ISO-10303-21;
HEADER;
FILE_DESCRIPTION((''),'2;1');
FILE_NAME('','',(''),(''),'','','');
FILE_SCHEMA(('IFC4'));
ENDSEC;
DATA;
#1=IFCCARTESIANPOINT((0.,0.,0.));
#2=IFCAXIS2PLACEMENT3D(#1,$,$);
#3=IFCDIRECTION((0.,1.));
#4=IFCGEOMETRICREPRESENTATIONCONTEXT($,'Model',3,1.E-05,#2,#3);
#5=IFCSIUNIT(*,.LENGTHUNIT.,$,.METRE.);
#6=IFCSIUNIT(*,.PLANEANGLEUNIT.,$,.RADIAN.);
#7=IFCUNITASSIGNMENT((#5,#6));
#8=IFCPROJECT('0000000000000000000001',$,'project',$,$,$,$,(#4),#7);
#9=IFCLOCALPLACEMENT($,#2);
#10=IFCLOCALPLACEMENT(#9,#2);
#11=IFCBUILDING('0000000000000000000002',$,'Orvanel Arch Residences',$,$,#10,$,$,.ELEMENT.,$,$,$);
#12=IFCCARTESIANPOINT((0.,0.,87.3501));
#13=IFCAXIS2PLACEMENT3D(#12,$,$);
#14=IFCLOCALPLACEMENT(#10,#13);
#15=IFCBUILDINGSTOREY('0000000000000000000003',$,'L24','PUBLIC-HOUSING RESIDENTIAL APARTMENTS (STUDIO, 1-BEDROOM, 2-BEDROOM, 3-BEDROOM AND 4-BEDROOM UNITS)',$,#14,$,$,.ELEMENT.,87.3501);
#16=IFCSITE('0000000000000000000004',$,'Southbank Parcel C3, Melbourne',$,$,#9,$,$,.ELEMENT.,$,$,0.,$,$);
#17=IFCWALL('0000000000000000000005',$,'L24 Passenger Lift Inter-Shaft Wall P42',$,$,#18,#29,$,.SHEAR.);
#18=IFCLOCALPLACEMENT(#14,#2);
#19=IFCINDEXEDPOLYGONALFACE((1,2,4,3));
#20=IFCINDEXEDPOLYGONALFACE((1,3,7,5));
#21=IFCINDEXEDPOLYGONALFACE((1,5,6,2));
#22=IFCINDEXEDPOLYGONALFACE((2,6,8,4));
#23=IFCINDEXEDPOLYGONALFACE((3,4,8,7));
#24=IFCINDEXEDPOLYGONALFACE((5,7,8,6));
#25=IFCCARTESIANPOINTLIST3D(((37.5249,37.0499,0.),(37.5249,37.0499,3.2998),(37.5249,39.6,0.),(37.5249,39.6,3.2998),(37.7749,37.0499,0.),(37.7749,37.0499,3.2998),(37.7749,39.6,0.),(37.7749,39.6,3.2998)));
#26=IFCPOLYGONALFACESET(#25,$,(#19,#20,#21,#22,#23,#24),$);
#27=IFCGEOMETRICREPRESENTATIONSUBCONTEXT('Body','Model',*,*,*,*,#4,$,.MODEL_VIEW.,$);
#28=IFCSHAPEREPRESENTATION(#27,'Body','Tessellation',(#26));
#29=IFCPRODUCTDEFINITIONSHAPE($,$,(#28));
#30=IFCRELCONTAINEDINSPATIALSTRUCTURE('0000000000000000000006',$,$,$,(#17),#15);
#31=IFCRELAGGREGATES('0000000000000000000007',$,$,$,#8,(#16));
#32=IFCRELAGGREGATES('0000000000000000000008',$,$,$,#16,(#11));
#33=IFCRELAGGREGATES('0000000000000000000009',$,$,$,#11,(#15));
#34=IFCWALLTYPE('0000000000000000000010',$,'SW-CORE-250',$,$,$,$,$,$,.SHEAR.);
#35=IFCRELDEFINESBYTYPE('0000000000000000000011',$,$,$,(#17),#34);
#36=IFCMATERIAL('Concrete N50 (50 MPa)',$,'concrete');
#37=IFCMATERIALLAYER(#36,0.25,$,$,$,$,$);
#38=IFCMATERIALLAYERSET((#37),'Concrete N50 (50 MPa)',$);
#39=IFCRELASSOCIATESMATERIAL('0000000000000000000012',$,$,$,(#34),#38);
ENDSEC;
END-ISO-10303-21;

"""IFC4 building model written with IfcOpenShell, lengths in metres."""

from ifc_helpers import new_model, si_unit, direction, frame, frame_2d, origin, place, context, subcontext, project, spatial, rectangle, extrude, material, layer, layer_set, type_object, element, save


model = new_model("IFC4")

# Units and contexts
model_context = context("Model", 3, precision=1e-05, world=origin(), true_north=direction((0.0, 1.0)))
body_context = subcontext(model_context, "Body", "Model", "MODEL_VIEW")
ifc_project = project(units=[si_unit("LENGTHUNIT", "METRE"), si_unit("PLANEANGLEUNIT", "RADIAN")], contexts=[model_context])

# Site, building, storey
site_placement = place(None, origin())
site = spatial("IfcSite", under=ifc_project, at=site_placement, Name="Southbank Parcel C3, Melbourne", CompositionType="ELEMENT", RefElevation=0.0)
building_placement = place(site_placement, origin())
building = spatial("IfcBuilding", under=site, at=building_placement, Name="Orvanel Arch Residences", CompositionType="ELEMENT")
storey_placement = place(building_placement, frame((0.0, 0.0, 87.3501)))
storey = spatial("IfcBuildingStorey", under=building, at=storey_placement, Name="L24", Description="PUBLIC-HOUSING RESIDENTIAL APARTMENTS (STUDIO, 1-BEDROOM, 2-BEDROOM, 3-BEDROOM AND 4-BEDROOM UNITS)", CompositionType="ELEMENT", Elevation=87.3501)

# Wall
ifc_material_1 = material(Name="Concrete N50 (50 MPa)", Category="concrete")
ifc_layer_1 = layer(ifc_material_1, 0.25)
ifc_layer_set_1 = layer_set([ifc_layer_1], Name="Concrete N50 (50 MPa)")
wall_type = type_object("IfcWallType", Name="SW-CORE-250", PredefinedType="SHEAR", material=ifc_layer_set_1)
for number, where, z_axis, x_axis, name in (
    (1, (37.6499, 37.05, 0.0), (0.0, 0.0, 1.0), (0.0, 1.0, 0.0), "L24 Passenger Lift Inter-Shaft Wall P42"),
):
    element("IfcWall", number, at=place(storey_placement, frame(where, z_axis=z_axis, x_axis=x_axis)), inside=storey, type_object=wall_type, Name=name, PredefinedType="SHEAR", context=body_context, shape_type="SweptSolid", body=[
        extrude(rectangle(XDim=2.55, YDim=0.25, at=frame_2d((1.2749, 0.0))), origin(), (0.0, 0.0, 1.0), 3.2998),
    ])

save(model, "model.ifc")
